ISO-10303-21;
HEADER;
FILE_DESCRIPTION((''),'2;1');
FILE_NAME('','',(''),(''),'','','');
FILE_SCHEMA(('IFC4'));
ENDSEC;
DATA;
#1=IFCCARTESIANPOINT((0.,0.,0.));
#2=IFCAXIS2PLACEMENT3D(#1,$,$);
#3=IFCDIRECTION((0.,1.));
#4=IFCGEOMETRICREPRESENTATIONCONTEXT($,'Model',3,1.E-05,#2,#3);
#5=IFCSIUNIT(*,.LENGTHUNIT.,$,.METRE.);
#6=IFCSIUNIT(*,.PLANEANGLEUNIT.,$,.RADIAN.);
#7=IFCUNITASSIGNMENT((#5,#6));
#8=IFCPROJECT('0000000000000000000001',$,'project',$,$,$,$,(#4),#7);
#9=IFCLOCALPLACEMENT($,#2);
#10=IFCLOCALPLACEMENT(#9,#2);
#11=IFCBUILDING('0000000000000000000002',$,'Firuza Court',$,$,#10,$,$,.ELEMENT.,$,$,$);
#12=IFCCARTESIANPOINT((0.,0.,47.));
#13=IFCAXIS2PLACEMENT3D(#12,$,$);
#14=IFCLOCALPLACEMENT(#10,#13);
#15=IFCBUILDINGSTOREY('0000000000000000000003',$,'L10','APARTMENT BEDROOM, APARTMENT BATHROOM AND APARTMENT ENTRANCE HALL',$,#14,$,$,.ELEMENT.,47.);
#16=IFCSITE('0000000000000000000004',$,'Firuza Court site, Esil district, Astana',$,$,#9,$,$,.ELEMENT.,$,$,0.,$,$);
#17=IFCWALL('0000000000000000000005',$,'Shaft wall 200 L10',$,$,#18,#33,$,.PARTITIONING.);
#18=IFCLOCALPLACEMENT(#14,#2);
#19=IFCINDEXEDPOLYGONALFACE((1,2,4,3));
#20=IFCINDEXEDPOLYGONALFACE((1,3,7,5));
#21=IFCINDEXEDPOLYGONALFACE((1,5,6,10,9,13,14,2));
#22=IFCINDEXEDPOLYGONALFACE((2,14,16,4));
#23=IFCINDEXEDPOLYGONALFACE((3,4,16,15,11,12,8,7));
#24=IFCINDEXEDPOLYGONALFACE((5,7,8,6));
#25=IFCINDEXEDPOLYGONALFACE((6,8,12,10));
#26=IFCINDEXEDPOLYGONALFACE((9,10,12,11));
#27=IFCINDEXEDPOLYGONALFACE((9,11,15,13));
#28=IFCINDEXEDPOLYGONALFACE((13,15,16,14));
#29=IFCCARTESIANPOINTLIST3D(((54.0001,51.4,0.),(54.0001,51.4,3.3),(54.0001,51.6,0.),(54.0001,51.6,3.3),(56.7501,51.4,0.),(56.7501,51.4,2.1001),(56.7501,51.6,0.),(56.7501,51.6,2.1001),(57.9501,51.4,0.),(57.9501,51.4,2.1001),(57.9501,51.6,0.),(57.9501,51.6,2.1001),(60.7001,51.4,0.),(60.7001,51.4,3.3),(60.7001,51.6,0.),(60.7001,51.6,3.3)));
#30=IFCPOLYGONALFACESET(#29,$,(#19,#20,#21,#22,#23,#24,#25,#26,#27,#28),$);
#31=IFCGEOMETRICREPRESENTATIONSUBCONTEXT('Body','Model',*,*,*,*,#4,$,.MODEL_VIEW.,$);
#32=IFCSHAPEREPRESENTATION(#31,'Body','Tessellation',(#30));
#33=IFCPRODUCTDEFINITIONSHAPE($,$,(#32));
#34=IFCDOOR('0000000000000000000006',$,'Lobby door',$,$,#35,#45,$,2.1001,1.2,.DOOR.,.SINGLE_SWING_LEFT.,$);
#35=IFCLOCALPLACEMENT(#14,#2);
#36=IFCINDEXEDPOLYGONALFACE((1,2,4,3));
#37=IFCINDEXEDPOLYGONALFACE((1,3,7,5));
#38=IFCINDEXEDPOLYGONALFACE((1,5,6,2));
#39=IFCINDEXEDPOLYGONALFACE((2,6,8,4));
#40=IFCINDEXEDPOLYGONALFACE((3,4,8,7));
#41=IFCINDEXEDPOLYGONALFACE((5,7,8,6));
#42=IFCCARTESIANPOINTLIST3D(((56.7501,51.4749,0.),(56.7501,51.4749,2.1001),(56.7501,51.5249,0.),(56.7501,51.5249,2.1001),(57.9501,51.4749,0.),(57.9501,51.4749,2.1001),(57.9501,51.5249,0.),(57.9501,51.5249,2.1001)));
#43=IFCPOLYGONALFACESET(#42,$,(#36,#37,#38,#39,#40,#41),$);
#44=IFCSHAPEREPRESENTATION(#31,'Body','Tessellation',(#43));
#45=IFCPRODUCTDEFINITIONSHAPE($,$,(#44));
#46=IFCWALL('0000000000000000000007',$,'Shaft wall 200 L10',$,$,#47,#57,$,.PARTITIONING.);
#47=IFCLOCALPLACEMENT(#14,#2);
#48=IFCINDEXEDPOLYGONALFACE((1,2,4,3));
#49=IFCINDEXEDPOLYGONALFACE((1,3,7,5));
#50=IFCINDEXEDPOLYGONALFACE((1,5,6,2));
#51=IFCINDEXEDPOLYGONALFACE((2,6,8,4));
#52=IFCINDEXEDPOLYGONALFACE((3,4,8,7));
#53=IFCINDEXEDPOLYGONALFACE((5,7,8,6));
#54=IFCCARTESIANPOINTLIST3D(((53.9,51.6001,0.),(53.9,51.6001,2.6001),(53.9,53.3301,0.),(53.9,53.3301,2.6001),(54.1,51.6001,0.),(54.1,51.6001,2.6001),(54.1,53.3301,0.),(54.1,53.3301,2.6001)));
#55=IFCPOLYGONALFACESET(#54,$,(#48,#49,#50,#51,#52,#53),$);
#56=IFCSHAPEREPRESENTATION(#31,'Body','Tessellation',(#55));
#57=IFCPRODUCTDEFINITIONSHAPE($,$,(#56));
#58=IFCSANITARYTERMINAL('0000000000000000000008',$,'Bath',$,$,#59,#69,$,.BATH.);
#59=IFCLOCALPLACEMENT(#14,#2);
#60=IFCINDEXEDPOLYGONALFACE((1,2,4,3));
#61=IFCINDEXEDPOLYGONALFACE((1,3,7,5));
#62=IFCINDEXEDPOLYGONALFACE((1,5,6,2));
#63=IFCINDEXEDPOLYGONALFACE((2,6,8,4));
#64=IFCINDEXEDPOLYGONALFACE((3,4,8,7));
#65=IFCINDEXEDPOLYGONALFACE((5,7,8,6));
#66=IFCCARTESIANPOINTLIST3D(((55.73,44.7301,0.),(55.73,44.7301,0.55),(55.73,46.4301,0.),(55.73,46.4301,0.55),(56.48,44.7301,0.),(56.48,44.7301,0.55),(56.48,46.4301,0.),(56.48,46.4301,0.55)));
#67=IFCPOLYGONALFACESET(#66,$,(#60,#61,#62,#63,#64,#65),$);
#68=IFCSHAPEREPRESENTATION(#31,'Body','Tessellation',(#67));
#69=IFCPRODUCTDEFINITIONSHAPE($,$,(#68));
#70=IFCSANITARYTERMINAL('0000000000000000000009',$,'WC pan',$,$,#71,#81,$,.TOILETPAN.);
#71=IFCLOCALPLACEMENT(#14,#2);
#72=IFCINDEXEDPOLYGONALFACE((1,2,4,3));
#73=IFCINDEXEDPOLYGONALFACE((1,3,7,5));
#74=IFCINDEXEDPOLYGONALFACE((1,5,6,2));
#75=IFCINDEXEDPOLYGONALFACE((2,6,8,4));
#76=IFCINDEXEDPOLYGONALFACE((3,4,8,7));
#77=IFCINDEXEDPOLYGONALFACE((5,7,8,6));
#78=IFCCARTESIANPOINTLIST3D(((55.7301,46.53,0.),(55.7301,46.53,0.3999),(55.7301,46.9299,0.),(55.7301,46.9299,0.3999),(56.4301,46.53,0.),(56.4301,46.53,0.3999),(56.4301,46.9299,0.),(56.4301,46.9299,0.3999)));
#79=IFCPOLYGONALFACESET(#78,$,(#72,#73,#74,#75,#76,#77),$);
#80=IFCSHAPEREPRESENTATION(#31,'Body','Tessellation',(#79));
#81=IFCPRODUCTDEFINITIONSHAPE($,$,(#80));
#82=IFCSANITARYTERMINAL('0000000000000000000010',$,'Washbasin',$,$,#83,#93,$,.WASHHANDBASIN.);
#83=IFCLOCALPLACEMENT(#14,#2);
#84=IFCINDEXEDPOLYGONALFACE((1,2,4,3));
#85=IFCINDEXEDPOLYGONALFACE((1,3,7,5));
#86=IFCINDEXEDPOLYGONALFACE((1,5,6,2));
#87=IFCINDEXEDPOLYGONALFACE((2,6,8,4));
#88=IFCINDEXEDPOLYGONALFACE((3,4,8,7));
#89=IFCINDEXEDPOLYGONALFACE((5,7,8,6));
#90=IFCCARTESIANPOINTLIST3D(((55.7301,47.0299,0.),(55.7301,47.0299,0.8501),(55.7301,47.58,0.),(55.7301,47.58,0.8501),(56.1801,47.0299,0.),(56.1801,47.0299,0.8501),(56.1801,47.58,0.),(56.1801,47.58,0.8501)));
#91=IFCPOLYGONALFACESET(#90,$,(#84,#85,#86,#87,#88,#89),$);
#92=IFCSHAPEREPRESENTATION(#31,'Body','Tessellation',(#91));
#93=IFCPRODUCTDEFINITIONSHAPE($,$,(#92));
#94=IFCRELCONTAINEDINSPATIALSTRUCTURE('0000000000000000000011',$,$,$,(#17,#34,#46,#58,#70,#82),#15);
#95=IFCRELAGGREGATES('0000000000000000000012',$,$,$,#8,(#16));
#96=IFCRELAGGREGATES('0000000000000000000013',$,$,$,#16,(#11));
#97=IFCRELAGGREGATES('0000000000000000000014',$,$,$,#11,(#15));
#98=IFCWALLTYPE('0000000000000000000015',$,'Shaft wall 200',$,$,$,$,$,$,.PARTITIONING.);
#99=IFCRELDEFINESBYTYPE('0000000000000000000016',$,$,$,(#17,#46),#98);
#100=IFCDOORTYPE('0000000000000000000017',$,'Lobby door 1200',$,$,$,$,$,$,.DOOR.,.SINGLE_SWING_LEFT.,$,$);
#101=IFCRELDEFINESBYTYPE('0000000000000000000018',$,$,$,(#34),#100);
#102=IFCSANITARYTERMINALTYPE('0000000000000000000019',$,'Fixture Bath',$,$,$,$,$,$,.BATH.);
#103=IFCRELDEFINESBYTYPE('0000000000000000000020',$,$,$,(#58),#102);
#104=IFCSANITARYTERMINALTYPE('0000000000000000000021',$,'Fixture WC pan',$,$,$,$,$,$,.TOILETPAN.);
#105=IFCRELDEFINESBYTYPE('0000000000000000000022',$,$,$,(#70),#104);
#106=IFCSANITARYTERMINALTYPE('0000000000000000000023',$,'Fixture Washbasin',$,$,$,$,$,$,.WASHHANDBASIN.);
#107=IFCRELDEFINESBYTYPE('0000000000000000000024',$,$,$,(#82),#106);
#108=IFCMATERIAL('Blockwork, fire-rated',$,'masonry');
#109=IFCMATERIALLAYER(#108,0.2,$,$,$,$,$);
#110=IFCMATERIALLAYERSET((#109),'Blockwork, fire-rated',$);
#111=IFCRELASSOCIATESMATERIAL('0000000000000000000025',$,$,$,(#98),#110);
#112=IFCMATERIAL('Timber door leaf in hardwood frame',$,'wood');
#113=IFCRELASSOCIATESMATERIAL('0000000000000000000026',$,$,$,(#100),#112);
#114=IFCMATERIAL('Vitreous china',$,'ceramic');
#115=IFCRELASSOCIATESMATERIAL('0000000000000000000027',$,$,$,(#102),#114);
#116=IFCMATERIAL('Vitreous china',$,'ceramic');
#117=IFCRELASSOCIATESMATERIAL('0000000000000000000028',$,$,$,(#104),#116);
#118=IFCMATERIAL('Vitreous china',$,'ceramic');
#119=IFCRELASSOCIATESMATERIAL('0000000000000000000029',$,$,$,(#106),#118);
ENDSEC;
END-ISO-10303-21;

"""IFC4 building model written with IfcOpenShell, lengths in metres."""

from ifc_helpers import new_model, si_unit, direction, frame, frame_2d, origin, origin_2d, place, context, subcontext, project, spatial, rectangle, extrude, material, layer, layer_set, type_object, element, fill, save


model = new_model("IFC4")

# Units and contexts
model_context = context("Model", 3, precision=1e-05, world=origin(), true_north=direction((0.0, 1.0)))
body_context = subcontext(model_context, "Body", "Model", "MODEL_VIEW")
ifc_project = project(units=[si_unit("LENGTHUNIT", "METRE"), si_unit("PLANEANGLEUNIT", "RADIAN")], contexts=[model_context])

# Site, building, storey
site_placement = place(None, origin())
site = spatial("IfcSite", under=ifc_project, at=site_placement, Name="Firuza Court site, Esil district, Astana", CompositionType="ELEMENT", RefElevation=0.0)
building_placement = place(site_placement, origin())
building = spatial("IfcBuilding", under=site, at=building_placement, Name="Firuza Court", CompositionType="ELEMENT")
storey_placement = place(building_placement, frame((0.0, 0.0, 47.0)))
storey = spatial("IfcBuildingStorey", under=building, at=storey_placement, Name="L10", Description="APARTMENT BEDROOM, APARTMENT BATHROOM AND APARTMENT ENTRANCE HALL", CompositionType="ELEMENT", Elevation=47.0)

# Shared definitions
ifc_material_1 = material(Name="Blockwork, fire-rated", Category="masonry")
ifc_layer_1 = layer(ifc_material_1, 0.2)
ifc_layer_set_1 = layer_set([ifc_layer_1], Name="Blockwork, fire-rated")
wall_type_1 = type_object("IfcWallType", Name="Shaft wall 200", PredefinedType="PARTITIONING", material=ifc_layer_set_1)
ifc_material_2 = material(Name="Timber door leaf in hardwood frame", Category="wood")
door_type_1 = type_object("IfcDoorType", Name="Lobby door 1200", OperationType="SINGLE_SWING_LEFT", PredefinedType="DOOR", material=ifc_material_2)

# Wall, opening, door
wall_1_placement = place(storey_placement, frame((54.0, 51.5, 0.0), z_axis=(0.0, 0.0, 1.0), x_axis=(1.0, 0.0, 0.0)))
wall_1 = element("IfcWall", 1, at=wall_1_placement, inside=storey, type_object=wall_type_1, Name="Shaft wall 200 L10", PredefinedType="PARTITIONING", context=body_context, shape_type="SweptSolid", body=[
    extrude(rectangle(XDim=6.7, YDim=0.2, at=frame_2d((3.3501, 0.0))), origin(), (0.0, 0.0, 1.0), 3.3),
])
opening_1_placement = place(wall_1_placement, frame((2.75, 0.0, 0.0)))
opening_1 = element("IfcOpeningElement", 2, at=opening_1_placement, cuts=wall_1, PredefinedType="OPENING", context=body_context, shape_type="SweptSolid", body=[
    extrude(rectangle(XDim=1.2, YDim=2.1001, at=frame_2d((0.6001, 1.05))), frame((0.0, 0.1118, 0.0), z_axis=(0.0, -1.0, 0.0), x_axis=(1.0, 0.0, 0.0)), (0.0, 0.0, 1.0), 0.2239),
])
door_1_placement = place(opening_1_placement, origin())
door_1 = element("IfcDoor", 3, at=door_1_placement, inside=storey, type_object=door_type_1, Name="Lobby door", OperationType="SINGLE_SWING_LEFT", OverallHeight=2.1001, OverallWidth=1.2, PredefinedType="DOOR", context=body_context, shape_type="SweptSolid", body=[
    extrude(rectangle(XDim=1.2, YDim=2.1001, at=frame_2d((0.6001, 1.05))), frame((0.0, 0.0249, 0.0), z_axis=(0.0, -1.0, 0.0), x_axis=(1.0, 0.0, 0.0)), (0.0, 0.0, 1.0), 0.05),
])
fill(opening_1, door_1)

# Wall
wall_2_placement = place(storey_placement, frame((54.0, 51.6001, 0.0), z_axis=(0.0, 0.0, 1.0), x_axis=(0.0, 1.0, 0.0)))
element("IfcWall", 4, at=wall_2_placement, inside=storey, type_object=wall_type_1, Name="Shaft wall 200 L10", PredefinedType="PARTITIONING", context=body_context, shape_type="SweptSolid", body=[
    extrude(rectangle(XDim=1.73, YDim=0.2, at=frame_2d((0.865, 0.0))), origin(), (0.0, 0.0, 1.0), 2.6001),
])

# Sanitary terminals
ifc_material_3 = material(Name="Vitreous china", Category="ceramic")
sanitary_terminal_type_1 = type_object("IfcSanitaryTerminalType", Name="Fixture Bath", PredefinedType="BATH", material=ifc_material_3)
sanitary_terminal_1_placement = place(storey_placement, frame((56.105, 45.5801, 0.0), z_axis=(0.0, 0.0, 1.0), x_axis=(1.0, 0.0, 0.0)))
element("IfcSanitaryTerminal", 5, at=sanitary_terminal_1_placement, inside=storey, type_object=sanitary_terminal_type_1, Name="Bath", PredefinedType="BATH", context=body_context, shape_type="SweptSolid", body=[
    extrude(rectangle(XDim=0.75, YDim=1.7, at=origin_2d()), origin(), (0.0, 0.0, 1.0), 0.55),
])
ifc_material_4 = material(Name="Vitreous china", Category="ceramic")
sanitary_terminal_type_2 = type_object("IfcSanitaryTerminalType", Name="Fixture WC pan", PredefinedType="TOILETPAN", material=ifc_material_4)
sanitary_terminal_2_placement = place(storey_placement, frame((56.0801, 46.73, 0.0), z_axis=(0.0, 0.0, 1.0), x_axis=(1.0, 0.0, 0.0)))
element("IfcSanitaryTerminal", 6, at=sanitary_terminal_2_placement, inside=storey, type_object=sanitary_terminal_type_2, Name="WC pan", PredefinedType="TOILETPAN", context=body_context, shape_type="SweptSolid", body=[
    extrude(rectangle(XDim=0.7, YDim=0.3999, at=origin_2d()), origin(), (0.0, 0.0, 1.0), 0.3999),
])
ifc_material_5 = material(Name="Vitreous china", Category="ceramic")
sanitary_terminal_type_3 = type_object("IfcSanitaryTerminalType", Name="Fixture Washbasin", PredefinedType="WASHHANDBASIN", material=ifc_material_5)
sanitary_terminal_3_placement = place(storey_placement, frame((55.9551, 47.3049, 0.0), z_axis=(0.0, 0.0, 1.0), x_axis=(1.0, 0.0, 0.0)))
element("IfcSanitaryTerminal", 7, at=sanitary_terminal_3_placement, inside=storey, type_object=sanitary_terminal_type_3, Name="Washbasin", PredefinedType="WASHHANDBASIN", context=body_context, shape_type="SweptSolid", body=[
    extrude(rectangle(XDim=0.45, YDim=0.55, at=origin_2d()), origin(), (0.0, 0.0, 1.0), 0.8501),
])

save(model, "model.ifc")
